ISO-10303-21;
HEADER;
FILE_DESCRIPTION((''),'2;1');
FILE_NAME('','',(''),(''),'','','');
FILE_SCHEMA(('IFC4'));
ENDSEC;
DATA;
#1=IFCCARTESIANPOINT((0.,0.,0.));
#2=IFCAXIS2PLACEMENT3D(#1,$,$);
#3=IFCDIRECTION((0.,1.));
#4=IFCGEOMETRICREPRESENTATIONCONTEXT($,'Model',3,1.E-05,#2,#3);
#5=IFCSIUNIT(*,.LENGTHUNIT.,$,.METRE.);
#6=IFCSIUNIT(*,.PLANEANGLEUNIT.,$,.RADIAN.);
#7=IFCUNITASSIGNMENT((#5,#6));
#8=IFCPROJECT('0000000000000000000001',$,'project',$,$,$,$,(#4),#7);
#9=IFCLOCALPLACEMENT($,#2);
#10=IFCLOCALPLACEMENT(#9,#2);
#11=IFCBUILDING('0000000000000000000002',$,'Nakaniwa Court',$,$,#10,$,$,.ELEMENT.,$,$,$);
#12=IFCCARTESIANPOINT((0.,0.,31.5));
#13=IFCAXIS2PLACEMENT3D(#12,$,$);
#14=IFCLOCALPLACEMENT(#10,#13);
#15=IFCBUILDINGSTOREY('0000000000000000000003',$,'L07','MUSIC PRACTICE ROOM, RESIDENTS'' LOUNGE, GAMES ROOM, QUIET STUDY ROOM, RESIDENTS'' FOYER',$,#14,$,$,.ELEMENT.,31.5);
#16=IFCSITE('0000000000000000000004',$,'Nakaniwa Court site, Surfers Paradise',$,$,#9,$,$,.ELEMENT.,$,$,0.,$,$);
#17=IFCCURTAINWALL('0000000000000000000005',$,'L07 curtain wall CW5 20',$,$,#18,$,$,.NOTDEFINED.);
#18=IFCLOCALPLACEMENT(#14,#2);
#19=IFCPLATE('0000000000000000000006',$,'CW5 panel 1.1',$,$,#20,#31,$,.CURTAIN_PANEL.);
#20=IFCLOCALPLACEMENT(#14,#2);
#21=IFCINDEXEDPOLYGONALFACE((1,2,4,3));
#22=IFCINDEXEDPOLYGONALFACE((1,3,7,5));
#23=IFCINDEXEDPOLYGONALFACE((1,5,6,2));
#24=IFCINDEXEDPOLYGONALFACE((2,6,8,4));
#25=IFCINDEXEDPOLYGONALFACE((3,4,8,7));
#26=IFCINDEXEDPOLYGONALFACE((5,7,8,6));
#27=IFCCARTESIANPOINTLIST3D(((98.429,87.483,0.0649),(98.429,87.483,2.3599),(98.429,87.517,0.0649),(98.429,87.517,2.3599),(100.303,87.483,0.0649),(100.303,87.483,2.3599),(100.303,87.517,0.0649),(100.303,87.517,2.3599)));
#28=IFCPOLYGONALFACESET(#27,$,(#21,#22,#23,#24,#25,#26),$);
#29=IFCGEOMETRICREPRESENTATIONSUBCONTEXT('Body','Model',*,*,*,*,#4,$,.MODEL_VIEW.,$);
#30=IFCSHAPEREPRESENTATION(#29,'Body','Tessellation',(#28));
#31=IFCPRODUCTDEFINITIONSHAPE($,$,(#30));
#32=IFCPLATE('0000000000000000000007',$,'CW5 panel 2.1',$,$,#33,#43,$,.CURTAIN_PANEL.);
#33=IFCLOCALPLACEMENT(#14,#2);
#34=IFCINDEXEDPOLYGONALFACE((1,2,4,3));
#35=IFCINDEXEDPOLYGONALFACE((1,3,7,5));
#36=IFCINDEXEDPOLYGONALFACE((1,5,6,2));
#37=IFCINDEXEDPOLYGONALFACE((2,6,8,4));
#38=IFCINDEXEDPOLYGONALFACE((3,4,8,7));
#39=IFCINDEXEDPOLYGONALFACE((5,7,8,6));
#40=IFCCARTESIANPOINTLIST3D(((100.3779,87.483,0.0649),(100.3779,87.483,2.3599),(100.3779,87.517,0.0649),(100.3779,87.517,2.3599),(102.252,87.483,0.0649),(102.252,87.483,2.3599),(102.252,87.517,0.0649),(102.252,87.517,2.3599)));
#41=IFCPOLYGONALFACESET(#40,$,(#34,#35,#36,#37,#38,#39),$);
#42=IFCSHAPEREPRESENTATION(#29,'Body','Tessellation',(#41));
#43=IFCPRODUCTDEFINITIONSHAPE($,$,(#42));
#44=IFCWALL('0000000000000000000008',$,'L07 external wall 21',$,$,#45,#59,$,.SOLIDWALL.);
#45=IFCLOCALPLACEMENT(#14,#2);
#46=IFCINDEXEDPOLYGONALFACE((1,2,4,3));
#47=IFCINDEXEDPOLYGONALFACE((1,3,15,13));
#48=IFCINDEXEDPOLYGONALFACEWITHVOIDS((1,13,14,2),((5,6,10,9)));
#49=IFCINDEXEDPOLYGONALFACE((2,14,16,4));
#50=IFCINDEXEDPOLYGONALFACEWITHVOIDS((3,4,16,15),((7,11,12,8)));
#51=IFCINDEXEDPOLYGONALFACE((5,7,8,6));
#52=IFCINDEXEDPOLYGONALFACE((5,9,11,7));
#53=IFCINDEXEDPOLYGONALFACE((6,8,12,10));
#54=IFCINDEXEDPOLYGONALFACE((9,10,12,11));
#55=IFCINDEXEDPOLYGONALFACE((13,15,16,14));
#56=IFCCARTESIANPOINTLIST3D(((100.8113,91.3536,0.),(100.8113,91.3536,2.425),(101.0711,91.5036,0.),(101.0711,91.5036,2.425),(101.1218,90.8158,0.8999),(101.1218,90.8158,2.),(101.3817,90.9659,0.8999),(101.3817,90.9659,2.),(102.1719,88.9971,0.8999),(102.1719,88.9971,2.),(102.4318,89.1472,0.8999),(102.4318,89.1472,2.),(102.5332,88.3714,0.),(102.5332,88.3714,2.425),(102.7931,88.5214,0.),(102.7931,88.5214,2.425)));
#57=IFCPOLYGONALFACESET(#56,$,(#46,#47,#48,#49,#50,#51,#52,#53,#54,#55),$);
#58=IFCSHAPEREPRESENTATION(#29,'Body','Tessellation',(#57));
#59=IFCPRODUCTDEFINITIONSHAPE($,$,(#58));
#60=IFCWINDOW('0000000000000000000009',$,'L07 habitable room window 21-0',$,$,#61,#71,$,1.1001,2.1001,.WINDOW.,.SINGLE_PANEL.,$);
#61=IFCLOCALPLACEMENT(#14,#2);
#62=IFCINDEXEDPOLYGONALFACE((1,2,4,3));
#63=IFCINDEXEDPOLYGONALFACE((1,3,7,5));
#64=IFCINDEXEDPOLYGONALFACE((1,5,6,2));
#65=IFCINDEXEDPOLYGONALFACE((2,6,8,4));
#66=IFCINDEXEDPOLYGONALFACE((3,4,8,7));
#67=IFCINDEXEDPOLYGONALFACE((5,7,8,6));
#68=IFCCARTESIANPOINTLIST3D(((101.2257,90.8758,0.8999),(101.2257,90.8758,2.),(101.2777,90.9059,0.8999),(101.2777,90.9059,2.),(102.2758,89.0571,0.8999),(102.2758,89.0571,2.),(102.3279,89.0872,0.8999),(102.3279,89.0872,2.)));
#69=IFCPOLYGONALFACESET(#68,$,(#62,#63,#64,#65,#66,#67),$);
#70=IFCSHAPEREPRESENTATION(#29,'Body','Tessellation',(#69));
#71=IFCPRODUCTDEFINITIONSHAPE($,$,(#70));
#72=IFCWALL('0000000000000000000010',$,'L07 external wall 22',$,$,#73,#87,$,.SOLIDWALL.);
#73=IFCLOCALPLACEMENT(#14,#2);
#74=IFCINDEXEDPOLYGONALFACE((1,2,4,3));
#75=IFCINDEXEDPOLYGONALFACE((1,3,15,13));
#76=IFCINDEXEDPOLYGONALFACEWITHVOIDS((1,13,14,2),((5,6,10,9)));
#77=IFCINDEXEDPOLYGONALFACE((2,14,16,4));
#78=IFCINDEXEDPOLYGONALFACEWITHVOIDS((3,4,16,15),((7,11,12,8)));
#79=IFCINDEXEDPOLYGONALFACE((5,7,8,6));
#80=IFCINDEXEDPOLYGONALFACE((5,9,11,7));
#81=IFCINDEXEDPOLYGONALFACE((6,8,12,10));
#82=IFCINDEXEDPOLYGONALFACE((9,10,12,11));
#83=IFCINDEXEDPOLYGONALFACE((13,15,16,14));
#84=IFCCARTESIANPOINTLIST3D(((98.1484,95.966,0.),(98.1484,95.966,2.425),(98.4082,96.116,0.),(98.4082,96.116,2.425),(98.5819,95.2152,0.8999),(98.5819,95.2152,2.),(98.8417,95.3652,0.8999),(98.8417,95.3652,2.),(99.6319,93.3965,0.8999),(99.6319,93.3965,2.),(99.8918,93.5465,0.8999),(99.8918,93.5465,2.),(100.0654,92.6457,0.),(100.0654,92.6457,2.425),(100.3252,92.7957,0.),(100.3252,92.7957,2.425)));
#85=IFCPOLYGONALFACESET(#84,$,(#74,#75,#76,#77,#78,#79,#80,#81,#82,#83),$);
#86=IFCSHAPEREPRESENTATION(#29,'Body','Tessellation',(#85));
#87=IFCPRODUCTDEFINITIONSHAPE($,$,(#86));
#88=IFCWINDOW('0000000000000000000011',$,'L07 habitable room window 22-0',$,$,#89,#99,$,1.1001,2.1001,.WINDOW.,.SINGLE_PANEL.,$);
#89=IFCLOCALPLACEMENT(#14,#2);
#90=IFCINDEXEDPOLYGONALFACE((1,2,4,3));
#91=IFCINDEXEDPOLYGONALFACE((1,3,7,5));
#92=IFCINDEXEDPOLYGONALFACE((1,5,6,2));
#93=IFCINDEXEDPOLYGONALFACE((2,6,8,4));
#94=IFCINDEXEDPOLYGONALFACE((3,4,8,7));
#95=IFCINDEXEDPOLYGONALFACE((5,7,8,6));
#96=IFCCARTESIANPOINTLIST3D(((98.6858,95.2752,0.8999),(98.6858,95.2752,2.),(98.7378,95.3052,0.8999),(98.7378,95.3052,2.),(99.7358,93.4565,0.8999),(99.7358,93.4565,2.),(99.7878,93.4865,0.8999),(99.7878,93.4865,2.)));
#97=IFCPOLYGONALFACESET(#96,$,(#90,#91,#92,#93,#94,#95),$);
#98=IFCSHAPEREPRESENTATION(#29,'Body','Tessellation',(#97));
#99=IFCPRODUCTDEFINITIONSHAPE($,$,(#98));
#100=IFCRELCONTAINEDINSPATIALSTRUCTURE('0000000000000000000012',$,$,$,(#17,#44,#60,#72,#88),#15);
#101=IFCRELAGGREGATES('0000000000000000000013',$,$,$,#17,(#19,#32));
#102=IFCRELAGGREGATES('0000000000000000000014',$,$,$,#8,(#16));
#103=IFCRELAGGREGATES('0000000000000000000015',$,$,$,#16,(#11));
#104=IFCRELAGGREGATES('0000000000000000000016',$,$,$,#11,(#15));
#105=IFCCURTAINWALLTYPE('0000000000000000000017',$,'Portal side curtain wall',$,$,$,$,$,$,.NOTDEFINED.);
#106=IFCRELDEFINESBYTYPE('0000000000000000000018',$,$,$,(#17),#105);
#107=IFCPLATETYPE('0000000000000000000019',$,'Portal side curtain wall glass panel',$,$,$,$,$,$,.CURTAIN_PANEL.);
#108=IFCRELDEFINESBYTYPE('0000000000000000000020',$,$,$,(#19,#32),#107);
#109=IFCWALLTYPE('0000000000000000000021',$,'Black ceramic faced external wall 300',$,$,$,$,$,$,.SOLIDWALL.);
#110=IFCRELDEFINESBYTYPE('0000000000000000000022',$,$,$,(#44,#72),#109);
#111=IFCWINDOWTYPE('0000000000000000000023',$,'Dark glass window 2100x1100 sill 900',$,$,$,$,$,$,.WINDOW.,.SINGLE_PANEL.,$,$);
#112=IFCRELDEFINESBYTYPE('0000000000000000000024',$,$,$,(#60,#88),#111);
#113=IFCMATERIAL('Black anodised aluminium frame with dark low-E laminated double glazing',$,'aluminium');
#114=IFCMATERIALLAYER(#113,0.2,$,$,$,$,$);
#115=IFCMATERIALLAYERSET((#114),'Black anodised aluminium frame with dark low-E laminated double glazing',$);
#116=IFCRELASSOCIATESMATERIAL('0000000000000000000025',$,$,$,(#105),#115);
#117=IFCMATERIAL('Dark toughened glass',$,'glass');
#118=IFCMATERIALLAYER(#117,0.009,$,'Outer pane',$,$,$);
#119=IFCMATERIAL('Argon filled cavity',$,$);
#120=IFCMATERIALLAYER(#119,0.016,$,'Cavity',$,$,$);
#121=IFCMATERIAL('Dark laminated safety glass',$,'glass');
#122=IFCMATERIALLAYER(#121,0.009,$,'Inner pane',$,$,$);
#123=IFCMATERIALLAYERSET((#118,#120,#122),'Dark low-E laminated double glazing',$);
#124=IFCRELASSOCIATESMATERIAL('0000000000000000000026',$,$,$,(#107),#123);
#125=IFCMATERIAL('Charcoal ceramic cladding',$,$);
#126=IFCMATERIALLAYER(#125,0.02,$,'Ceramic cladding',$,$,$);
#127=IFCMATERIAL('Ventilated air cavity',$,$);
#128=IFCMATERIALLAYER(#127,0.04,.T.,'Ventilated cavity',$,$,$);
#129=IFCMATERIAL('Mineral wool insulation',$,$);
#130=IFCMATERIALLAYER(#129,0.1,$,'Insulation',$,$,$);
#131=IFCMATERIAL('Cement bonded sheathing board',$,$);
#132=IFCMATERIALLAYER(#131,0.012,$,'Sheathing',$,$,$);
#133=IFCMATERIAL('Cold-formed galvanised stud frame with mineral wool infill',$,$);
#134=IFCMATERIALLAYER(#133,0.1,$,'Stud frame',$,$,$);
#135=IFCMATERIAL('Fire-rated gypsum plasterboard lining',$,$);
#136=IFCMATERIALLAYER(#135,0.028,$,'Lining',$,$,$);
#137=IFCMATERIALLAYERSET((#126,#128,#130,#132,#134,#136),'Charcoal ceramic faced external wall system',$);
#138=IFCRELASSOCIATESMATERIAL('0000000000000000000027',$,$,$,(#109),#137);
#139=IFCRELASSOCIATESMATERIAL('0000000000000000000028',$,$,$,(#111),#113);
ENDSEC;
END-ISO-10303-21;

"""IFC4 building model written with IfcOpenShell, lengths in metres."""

from ifc_helpers import new_model, si_unit, direction, frame, frame_2d, origin, origin_2d, place, context, subcontext, project, spatial, rectangle, extrude, material, layer, layer_set, type_object, element, fill, aggregate, save


model = new_model("IFC4")

# Units and contexts
model_context = context("Model", 3, precision=1e-05, world=origin(), true_north=direction((0.0, 1.0)))
body_context = subcontext(model_context, "Body", "Model", "MODEL_VIEW")
ifc_project = project(units=[si_unit("LENGTHUNIT", "METRE"), si_unit("PLANEANGLEUNIT", "RADIAN")], contexts=[model_context])

# Site, building, storey
site_placement = place(None, origin())
site = spatial("IfcSite", under=ifc_project, at=site_placement, Name="Nakaniwa Court site, Surfers Paradise", CompositionType="ELEMENT", RefElevation=0.0)
building_placement = place(site_placement, origin())
building = spatial("IfcBuilding", under=site, at=building_placement, Name="Nakaniwa Court", CompositionType="ELEMENT")
storey_placement = place(building_placement, frame((0.0, 0.0, 31.5)))
storey = spatial("IfcBuildingStorey", under=building, at=storey_placement, Name="L07", Description="MUSIC PRACTICE ROOM, RESIDENTS' LOUNGE, GAMES ROOM, QUIET STUDY ROOM, RESIDENTS' FOYER", CompositionType="ELEMENT", Elevation=31.5)

# Shared definitions
ifc_material_1 = material(Name="Black anodised aluminium frame with dark low-E laminated double glazing", Category="aluminium")
ifc_layer_1 = layer(ifc_material_1, 0.2)
ifc_layer_set_1 = layer_set([ifc_layer_1], Name="Black anodised aluminium frame with dark low-E laminated double glazing")
curtain_wall_type = type_object("IfcCurtainWallType", Name="Portal side curtain wall", PredefinedType="NOTDEFINED", material=ifc_layer_set_1)

# Curtain wall, plates
curtain_wall_1_placement = place(storey_placement, origin())
curtain_wall_1 = element("IfcCurtainWall", 1, at=curtain_wall_1_placement, inside=storey, type_object=curtain_wall_type, Name="L07 curtain wall CW5 20", PredefinedType="NOTDEFINED")
ifc_material_2 = material(Name="Dark toughened glass", Category="glass")
ifc_layer_2 = layer(ifc_material_2, 0.009, Name="Outer pane")
ifc_material_3 = material(Name="Argon filled cavity")
ifc_layer_3 = layer(ifc_material_3, 0.016, Name="Cavity")
ifc_material_4 = material(Name="Dark laminated safety glass", Category="glass")
ifc_layer_4 = layer(ifc_material_4, 0.009, Name="Inner pane")
ifc_layer_set_2 = layer_set([ifc_layer_2, ifc_layer_3, ifc_layer_4], Name="Dark low-E laminated double glazing")
plate_type = type_object("IfcPlateType", Name="Portal side curtain wall glass panel", PredefinedType="CURTAIN_PANEL", material=ifc_layer_set_2)
plate_1_placement = place(storey_placement, frame((99.366, 87.5, 0.0649), z_axis=(0.0, 0.0, 1.0), x_axis=(1.0, 0.0, 0.0)))
plate_1 = element("IfcPlate", 2, at=plate_1_placement, type_object=plate_type, Name="CW5 panel 1.1", PredefinedType="CURTAIN_PANEL", context=body_context, shape_type="SweptSolid", body=[
    extrude(rectangle(XDim=1.874, YDim=0.0339, at=origin_2d()), origin(), (0.0, 0.0, 1.0), 2.2949),
])
plate_2_placement = place(storey_placement, frame((101.3149, 87.5, 0.0649), z_axis=(0.0, 0.0, 1.0), x_axis=(1.0, 0.0, 0.0)))
plate_2 = element("IfcPlate", 3, at=plate_2_placement, type_object=plate_type, Name="CW5 panel 2.1", PredefinedType="CURTAIN_PANEL", context=body_context, shape_type="SweptSolid", body=[
    extrude(rectangle(XDim=1.874, YDim=0.0339, at=origin_2d()), origin(), (0.0, 0.0, 1.0), 2.2949),
])
aggregate(curtain_wall_1, [plate_1, plate_2])

# Walls, openings, windows
ifc_material_5 = material(Name="Charcoal ceramic cladding")
ifc_layer_5 = layer(ifc_material_5, 0.02, Name="Ceramic cladding")
ifc_material_6 = material(Name="Ventilated air cavity")
ifc_layer_6 = layer(ifc_material_6, 0.04, ventilated=True, Name="Ventilated cavity")
ifc_material_7 = material(Name="Mineral wool insulation")
ifc_layer_7 = layer(ifc_material_7, 0.1, Name="Insulation")
ifc_material_8 = material(Name="Cement bonded sheathing board")
ifc_layer_8 = layer(ifc_material_8, 0.012, Name="Sheathing")
ifc_material_9 = material(Name="Cold-formed galvanised stud frame with mineral wool infill")
ifc_layer_9 = layer(ifc_material_9, 0.1, Name="Stud frame")
ifc_material_10 = material(Name="Fire-rated gypsum plasterboard lining")
ifc_layer_10 = layer(ifc_material_10, 0.028, Name="Lining")
ifc_layer_set_3 = layer_set([ifc_layer_5, ifc_layer_6, ifc_layer_7, ifc_layer_8, ifc_layer_9, ifc_layer_10], Name="Charcoal ceramic faced external wall system")
wall_type = type_object("IfcWallType", Name="Black ceramic faced external wall 300", PredefinedType="SOLIDWALL", material=ifc_layer_set_3)
wall_1_placement = place(storey_placement, frame((102.6631, 88.4465, 0.0), z_axis=(0.0, 0.0, 1.0), x_axis=(-0.500035, 0.866005, 0.0)))
wall_1 = element("IfcWall", 4, at=wall_1_placement, inside=storey, type_object=wall_type, Name="L07 external wall 21", PredefinedType="SOLIDWALL", context=body_context, shape_type="SweptSolid", body=[
    extrude(rectangle(XDim=3.4436, YDim=0.3, at=frame_2d((1.7217, 0.0))), origin(), (0.0, 0.0, 1.0), 2.425),
])
opening_1_placement = place(wall_1_placement, frame((0.7224, 0.0, 0.8999)))
opening_1 = element("IfcOpeningElement", 5, at=opening_1_placement, cuts=wall_1, PredefinedType="OPENING", context=body_context, shape_type="SweptSolid", body=[
    extrude(rectangle(XDim=2.1001, YDim=1.1001, at=frame_2d((1.05, 0.55))), frame((0.0, 0.1599, 0.0), z_axis=(0.0, -1.0, 0.0), x_axis=(1.0, 0.0, 0.0)), (0.0, 0.0, 1.0), 0.3201),
])
window_type = type_object("IfcWindowType", Name="Dark glass window 2100x1100 sill 900", PartitioningType="SINGLE_PANEL", PredefinedType="WINDOW", material=ifc_material_1)
window_1_placement = place(opening_1_placement, origin())
window_1 = element("IfcWindow", 6, at=window_1_placement, inside=storey, type_object=window_type, Name="L07 habitable room window 21-0", OverallHeight=1.1001, OverallWidth=2.1001, PartitioningType="SINGLE_PANEL", PredefinedType="WINDOW", context=body_context, shape_type="SweptSolid", body=[
    extrude(rectangle(XDim=2.1001, YDim=1.1001, at=frame_2d((1.05, 0.55))), frame((0.0, 0.03, 0.0), z_axis=(0.0, -1.0, 0.0), x_axis=(1.0, 0.0, 0.0)), (0.0, 0.0, 1.0), 0.0601),
])
fill(opening_1, window_1)
wall_2_placement = place(storey_placement, frame((100.1953, 92.7207, 0.0), z_axis=(0.0, 0.0, 1.0), x_axis=(-0.500002, 0.866024, 0.0)))
wall_2 = element("IfcWall", 7, at=wall_2_placement, inside=storey, type_object=wall_type, Name="L07 external wall 22", PredefinedType="SOLIDWALL", context=body_context, shape_type="SweptSolid", body=[
    extrude(rectangle(XDim=3.834, YDim=0.3, at=frame_2d((1.917, 0.0))), origin(), (0.0, 0.0, 1.0), 2.425),
])
opening_2_placement = place(wall_2_placement, frame((0.8669, 0.0, 0.8999)))
opening_2 = element("IfcOpeningElement", 8, at=opening_2_placement, cuts=wall_2, PredefinedType="OPENING", context=body_context, shape_type="SweptSolid", body=[
    extrude(rectangle(XDim=2.1001, YDim=1.1001, at=frame_2d((1.05, 0.55))), frame((0.0, 0.1599, 0.0), z_axis=(0.0, -1.0, 0.0), x_axis=(1.0, 0.0, 0.0)), (0.0, 0.0, 1.0), 0.3201),
])
window_2_placement = place(opening_2_placement, origin())
window_2 = element("IfcWindow", 9, at=window_2_placement, inside=storey, type_object=window_type, Name="L07 habitable room window 22-0", OverallHeight=1.1001, OverallWidth=2.1001, PartitioningType="SINGLE_PANEL", PredefinedType="WINDOW", context=body_context, shape_type="SweptSolid", body=[
    extrude(rectangle(XDim=2.1001, YDim=1.1001, at=frame_2d((1.05, 0.55))), frame((0.0, 0.03, 0.0), z_axis=(0.0, -1.0, 0.0), x_axis=(1.0, 0.0, 0.0)), (0.0, 0.0, 1.0), 0.0601),
])
fill(opening_2, window_2)

save(model, "model.ifc")
